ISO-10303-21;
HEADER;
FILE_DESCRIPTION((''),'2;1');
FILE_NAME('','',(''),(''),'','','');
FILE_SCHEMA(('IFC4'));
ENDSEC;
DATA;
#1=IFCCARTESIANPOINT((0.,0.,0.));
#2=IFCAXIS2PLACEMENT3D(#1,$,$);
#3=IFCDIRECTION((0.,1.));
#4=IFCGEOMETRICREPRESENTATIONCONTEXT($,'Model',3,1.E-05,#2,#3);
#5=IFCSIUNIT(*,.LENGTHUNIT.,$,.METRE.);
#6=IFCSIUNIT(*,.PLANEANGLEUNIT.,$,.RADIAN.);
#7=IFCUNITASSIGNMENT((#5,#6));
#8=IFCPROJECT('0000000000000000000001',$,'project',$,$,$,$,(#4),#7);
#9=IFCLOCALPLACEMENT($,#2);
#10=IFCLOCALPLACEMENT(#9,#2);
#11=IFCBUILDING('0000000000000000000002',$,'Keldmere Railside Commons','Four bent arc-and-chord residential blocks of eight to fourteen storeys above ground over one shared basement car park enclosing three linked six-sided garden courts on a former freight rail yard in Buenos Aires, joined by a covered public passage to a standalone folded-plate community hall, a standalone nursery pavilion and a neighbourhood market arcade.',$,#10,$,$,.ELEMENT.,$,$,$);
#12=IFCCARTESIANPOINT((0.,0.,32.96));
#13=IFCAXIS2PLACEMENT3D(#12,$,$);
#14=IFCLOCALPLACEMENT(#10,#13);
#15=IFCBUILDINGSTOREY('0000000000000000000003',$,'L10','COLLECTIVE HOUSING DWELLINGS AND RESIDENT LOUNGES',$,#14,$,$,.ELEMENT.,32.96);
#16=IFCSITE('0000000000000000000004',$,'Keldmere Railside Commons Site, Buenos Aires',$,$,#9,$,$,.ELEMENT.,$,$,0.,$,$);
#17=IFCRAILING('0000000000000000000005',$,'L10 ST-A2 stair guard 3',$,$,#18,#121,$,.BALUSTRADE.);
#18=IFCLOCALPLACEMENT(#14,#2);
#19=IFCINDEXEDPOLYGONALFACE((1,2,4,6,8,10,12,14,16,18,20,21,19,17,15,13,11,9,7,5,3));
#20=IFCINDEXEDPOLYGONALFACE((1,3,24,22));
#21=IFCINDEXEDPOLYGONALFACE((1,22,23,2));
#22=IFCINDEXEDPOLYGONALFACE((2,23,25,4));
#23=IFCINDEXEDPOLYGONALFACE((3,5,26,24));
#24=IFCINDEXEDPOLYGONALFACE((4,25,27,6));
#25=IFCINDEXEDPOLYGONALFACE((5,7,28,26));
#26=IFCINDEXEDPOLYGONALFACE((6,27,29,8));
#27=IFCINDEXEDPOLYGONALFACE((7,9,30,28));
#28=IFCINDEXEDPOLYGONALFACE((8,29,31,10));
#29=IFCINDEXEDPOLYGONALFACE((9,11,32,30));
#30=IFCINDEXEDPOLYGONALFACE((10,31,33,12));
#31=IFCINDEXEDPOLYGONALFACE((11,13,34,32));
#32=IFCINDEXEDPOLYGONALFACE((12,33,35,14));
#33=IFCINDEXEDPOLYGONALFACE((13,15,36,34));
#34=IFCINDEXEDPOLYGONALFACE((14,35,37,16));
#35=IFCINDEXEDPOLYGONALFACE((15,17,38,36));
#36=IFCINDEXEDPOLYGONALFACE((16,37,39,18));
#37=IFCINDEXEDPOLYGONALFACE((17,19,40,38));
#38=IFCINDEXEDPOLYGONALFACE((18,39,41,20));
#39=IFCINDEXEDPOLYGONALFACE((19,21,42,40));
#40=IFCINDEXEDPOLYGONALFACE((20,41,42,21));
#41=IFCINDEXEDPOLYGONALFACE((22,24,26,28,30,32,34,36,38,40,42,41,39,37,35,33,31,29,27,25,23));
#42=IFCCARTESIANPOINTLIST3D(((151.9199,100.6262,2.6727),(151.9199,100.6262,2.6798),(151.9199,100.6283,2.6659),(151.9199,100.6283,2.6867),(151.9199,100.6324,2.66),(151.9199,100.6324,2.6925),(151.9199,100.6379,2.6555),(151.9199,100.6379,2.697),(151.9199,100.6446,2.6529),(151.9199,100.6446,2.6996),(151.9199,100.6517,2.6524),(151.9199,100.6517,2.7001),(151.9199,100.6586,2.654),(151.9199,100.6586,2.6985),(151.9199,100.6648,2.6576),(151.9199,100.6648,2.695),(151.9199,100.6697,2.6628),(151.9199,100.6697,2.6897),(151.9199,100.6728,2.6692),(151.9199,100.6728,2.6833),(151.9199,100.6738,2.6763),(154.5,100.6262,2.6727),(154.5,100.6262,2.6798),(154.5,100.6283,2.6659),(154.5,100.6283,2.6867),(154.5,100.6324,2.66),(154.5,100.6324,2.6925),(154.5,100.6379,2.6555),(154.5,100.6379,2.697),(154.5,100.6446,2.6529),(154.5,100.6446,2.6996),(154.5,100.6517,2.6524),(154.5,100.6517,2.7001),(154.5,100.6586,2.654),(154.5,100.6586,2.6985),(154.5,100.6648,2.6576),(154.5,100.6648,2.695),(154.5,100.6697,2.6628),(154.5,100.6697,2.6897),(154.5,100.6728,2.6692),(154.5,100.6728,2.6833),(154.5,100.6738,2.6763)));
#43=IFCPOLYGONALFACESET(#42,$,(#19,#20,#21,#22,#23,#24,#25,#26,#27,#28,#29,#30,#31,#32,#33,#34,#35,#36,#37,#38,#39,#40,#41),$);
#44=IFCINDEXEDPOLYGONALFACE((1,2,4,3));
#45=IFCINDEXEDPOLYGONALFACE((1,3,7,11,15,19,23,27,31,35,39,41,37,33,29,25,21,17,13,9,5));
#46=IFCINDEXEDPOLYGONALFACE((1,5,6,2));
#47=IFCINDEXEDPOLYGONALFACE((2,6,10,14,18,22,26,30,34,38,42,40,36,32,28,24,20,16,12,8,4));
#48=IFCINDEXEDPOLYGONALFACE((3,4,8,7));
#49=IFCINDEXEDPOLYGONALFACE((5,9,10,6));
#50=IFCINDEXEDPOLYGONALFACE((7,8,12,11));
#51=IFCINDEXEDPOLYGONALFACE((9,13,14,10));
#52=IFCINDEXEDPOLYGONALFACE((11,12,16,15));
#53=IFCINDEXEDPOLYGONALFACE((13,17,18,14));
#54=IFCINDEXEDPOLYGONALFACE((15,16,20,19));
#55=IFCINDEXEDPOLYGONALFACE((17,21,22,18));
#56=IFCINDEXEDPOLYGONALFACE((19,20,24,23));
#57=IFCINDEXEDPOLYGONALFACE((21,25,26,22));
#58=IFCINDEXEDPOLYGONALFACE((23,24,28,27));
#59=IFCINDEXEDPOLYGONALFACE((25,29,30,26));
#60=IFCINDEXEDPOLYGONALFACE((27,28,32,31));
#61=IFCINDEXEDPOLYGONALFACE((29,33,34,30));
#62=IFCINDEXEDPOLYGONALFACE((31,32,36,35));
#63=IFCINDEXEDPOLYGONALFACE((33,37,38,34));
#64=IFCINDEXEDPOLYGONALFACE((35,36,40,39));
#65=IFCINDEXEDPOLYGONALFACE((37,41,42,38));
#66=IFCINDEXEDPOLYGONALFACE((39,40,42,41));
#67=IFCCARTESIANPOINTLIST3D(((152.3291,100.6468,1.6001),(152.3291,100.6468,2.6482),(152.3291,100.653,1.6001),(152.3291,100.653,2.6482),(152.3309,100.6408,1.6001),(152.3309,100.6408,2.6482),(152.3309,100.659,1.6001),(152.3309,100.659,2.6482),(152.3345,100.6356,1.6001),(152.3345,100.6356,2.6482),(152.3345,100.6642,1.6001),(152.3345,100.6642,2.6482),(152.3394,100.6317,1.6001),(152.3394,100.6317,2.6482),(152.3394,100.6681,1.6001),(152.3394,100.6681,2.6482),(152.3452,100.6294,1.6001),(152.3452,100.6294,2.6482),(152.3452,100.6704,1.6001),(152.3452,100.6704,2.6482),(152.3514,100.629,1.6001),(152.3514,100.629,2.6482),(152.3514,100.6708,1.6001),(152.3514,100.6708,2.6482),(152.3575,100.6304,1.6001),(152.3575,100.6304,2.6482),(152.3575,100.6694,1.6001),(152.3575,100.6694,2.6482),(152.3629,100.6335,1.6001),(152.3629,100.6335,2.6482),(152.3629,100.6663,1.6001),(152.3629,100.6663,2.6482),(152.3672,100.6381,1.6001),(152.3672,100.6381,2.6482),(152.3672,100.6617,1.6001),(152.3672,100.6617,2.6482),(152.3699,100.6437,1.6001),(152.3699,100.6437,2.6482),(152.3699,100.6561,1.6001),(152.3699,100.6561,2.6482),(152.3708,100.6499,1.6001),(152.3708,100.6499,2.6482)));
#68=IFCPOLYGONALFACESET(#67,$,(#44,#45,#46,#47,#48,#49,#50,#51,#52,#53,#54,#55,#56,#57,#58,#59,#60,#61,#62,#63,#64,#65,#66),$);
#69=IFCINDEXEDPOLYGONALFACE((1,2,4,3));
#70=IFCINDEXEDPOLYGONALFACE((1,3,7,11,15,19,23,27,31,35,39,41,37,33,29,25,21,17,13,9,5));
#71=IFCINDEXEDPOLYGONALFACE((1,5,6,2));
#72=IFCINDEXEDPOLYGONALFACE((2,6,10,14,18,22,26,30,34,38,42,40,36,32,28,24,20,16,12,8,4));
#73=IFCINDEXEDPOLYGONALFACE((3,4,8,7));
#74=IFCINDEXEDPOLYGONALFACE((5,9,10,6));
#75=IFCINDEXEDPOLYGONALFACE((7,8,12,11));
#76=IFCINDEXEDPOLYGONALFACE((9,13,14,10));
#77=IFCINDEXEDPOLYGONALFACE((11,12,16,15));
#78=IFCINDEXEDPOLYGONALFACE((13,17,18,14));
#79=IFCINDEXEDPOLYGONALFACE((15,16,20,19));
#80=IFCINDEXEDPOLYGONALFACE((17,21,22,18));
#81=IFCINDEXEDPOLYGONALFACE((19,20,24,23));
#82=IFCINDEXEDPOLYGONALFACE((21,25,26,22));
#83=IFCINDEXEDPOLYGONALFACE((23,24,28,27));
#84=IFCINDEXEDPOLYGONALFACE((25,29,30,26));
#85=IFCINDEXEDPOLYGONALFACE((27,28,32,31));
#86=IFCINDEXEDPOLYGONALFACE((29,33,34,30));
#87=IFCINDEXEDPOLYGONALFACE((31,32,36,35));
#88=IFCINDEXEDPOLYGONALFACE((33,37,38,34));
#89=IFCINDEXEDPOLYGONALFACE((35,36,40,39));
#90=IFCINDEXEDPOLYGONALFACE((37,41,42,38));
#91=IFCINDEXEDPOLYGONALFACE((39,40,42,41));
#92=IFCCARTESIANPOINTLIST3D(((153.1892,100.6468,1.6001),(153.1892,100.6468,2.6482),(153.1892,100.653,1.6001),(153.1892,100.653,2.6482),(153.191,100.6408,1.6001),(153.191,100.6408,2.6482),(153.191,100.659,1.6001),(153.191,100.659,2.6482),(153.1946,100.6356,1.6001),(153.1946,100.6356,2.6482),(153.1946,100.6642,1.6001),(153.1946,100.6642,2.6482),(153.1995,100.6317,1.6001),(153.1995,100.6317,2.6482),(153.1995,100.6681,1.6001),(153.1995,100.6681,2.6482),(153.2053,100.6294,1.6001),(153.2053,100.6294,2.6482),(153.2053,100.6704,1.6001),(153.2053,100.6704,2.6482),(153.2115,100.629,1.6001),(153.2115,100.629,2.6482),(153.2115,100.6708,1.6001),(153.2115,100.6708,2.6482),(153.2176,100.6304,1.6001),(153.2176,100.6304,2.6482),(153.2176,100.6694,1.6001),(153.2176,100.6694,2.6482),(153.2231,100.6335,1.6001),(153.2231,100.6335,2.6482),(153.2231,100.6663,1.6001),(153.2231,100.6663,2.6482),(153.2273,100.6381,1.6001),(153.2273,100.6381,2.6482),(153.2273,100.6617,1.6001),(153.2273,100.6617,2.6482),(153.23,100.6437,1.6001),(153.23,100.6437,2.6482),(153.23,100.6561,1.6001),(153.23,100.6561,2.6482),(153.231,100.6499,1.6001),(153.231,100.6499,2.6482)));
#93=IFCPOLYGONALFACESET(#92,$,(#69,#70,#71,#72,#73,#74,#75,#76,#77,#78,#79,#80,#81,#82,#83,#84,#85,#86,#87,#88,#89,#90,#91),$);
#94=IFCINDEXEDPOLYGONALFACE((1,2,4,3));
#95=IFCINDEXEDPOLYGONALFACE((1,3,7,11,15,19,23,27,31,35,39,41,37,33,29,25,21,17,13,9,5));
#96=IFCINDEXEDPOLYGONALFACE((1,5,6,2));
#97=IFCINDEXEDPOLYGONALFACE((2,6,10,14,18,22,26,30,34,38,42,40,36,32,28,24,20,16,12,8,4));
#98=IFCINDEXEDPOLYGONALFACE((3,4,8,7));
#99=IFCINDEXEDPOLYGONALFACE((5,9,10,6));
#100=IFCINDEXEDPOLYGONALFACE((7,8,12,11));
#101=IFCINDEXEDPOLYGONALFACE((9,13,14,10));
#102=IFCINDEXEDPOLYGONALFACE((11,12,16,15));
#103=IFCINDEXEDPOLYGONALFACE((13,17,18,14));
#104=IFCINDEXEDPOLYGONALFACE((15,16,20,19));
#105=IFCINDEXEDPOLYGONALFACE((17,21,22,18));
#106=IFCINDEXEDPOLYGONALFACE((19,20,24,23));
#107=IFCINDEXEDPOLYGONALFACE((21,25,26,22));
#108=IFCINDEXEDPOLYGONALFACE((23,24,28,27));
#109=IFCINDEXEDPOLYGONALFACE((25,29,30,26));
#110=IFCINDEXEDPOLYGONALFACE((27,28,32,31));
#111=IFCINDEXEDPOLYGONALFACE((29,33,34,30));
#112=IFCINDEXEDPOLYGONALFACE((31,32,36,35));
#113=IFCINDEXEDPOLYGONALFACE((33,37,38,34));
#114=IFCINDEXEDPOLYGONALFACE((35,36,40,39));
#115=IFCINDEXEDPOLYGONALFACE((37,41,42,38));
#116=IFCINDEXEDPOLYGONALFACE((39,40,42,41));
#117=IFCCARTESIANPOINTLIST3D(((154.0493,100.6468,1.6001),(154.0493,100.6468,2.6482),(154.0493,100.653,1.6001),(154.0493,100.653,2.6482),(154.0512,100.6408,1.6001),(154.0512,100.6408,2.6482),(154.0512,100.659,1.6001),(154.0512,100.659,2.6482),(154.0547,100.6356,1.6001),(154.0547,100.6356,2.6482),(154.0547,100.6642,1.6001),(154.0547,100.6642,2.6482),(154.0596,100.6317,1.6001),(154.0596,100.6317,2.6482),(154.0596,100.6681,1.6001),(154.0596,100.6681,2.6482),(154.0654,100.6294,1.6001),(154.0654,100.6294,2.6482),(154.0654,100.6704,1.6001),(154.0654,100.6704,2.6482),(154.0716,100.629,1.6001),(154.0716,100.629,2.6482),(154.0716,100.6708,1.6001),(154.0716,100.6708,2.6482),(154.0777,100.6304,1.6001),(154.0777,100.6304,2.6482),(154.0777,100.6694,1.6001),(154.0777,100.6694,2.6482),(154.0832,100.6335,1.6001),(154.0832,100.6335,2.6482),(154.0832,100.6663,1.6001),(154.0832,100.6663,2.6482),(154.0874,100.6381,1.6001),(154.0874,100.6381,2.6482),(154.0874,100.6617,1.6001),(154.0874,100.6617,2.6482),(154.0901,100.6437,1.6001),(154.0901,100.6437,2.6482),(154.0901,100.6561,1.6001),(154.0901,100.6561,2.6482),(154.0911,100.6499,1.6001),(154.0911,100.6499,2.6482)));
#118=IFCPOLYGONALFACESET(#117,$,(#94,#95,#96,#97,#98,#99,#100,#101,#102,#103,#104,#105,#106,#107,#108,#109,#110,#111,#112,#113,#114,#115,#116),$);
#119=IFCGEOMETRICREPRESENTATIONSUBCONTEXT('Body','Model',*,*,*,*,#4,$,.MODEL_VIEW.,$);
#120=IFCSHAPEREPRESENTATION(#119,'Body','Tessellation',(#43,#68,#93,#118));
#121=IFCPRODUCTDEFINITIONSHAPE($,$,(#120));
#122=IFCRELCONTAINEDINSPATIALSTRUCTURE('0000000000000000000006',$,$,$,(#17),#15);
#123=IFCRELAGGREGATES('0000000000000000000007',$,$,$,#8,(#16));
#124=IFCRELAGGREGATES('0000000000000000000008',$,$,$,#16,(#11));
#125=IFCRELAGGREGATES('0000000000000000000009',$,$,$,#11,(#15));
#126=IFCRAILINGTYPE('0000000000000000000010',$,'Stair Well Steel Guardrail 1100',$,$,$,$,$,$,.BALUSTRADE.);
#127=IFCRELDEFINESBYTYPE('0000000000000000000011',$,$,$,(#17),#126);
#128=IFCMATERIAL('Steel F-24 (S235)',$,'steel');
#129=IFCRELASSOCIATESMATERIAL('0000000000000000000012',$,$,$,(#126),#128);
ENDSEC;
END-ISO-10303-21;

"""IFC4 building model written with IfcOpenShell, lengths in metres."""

from ifc_helpers import new_model, si_unit, direction, frame, origin, origin_2d, place, context, subcontext, project, spatial, circle, extrude, material, type_object, element, save


model = new_model("IFC4")

# Units and contexts
model_context = context("Model", 3, precision=1e-05, world=origin(), true_north=direction((0.0, 1.0)))
body_context = subcontext(model_context, "Body", "Model", "MODEL_VIEW")
ifc_project = project(units=[si_unit("LENGTHUNIT", "METRE"), si_unit("PLANEANGLEUNIT", "RADIAN")], contexts=[model_context])

# Site, building, storey
site_placement = place(None, origin())
site = spatial("IfcSite", under=ifc_project, at=site_placement, Name="Keldmere Railside Commons Site, Buenos Aires", CompositionType="ELEMENT", RefElevation=0.0)
building_placement = place(site_placement, origin())
building = spatial("IfcBuilding", under=site, at=building_placement, Name="Keldmere Railside Commons", Description="Four bent arc-and-chord residential blocks of eight to fourteen storeys above ground over one shared basement car park enclosing three linked six-sided garden courts on a former freight rail yard in Buenos Aires, joined by a covered public passage to a standalone folded-plate community hall, a standalone nursery pavilion and a neighbourhood market arcade.", CompositionType="ELEMENT")
storey_placement = place(building_placement, frame((0.0, 0.0, 32.96)))
storey = spatial("IfcBuildingStorey", under=building, at=storey_placement, Name="L10", Description="COLLECTIVE HOUSING DWELLINGS AND RESIDENT LOUNGES", CompositionType="ELEMENT", Elevation=32.96)

# Shared definitions
ifc_material_1 = material(Name="Steel F-24 (S235)", Category="steel")

# Railing
railing_type_1 = type_object("IfcRailingType", Name="Stair Well Steel Guardrail 1100", PredefinedType="BALUSTRADE", material=ifc_material_1)
railing_1_placement = place(storey_placement, frame((151.9199, 100.6499, 1.6001)))
element("IfcRailing", 1, at=railing_1_placement, inside=storey, type_object=railing_type_1, Name="L10 ST-A2 stair guard 3", PredefinedType="BALUSTRADE", context=body_context, shape_type="SweptSolid", body=[
    extrude(circle(Radius=0.0239, at=origin_2d()), frame((0.0, 0.0, 1.0762), z_axis=(1.0, 0.0, 0.0), x_axis=(0.0, 1.0, 0.0)), (0.0, 0.0, 1.0), 2.5801),
    extrude(circle(Radius=0.021, at=origin_2d()), frame((0.4299, 0.0, 0.0)), (0.0, 0.0, 1.0), 1.0481),
    extrude(circle(Radius=0.021, at=origin_2d()), frame((1.29, 0.0, 0.0)), (0.0, 0.0, 1.0), 1.0481),
    extrude(circle(Radius=0.021, at=origin_2d()), frame((2.1501, 0.0, 0.0)), (0.0, 0.0, 1.0), 1.0481),
])

save(model, "model.ifc")
